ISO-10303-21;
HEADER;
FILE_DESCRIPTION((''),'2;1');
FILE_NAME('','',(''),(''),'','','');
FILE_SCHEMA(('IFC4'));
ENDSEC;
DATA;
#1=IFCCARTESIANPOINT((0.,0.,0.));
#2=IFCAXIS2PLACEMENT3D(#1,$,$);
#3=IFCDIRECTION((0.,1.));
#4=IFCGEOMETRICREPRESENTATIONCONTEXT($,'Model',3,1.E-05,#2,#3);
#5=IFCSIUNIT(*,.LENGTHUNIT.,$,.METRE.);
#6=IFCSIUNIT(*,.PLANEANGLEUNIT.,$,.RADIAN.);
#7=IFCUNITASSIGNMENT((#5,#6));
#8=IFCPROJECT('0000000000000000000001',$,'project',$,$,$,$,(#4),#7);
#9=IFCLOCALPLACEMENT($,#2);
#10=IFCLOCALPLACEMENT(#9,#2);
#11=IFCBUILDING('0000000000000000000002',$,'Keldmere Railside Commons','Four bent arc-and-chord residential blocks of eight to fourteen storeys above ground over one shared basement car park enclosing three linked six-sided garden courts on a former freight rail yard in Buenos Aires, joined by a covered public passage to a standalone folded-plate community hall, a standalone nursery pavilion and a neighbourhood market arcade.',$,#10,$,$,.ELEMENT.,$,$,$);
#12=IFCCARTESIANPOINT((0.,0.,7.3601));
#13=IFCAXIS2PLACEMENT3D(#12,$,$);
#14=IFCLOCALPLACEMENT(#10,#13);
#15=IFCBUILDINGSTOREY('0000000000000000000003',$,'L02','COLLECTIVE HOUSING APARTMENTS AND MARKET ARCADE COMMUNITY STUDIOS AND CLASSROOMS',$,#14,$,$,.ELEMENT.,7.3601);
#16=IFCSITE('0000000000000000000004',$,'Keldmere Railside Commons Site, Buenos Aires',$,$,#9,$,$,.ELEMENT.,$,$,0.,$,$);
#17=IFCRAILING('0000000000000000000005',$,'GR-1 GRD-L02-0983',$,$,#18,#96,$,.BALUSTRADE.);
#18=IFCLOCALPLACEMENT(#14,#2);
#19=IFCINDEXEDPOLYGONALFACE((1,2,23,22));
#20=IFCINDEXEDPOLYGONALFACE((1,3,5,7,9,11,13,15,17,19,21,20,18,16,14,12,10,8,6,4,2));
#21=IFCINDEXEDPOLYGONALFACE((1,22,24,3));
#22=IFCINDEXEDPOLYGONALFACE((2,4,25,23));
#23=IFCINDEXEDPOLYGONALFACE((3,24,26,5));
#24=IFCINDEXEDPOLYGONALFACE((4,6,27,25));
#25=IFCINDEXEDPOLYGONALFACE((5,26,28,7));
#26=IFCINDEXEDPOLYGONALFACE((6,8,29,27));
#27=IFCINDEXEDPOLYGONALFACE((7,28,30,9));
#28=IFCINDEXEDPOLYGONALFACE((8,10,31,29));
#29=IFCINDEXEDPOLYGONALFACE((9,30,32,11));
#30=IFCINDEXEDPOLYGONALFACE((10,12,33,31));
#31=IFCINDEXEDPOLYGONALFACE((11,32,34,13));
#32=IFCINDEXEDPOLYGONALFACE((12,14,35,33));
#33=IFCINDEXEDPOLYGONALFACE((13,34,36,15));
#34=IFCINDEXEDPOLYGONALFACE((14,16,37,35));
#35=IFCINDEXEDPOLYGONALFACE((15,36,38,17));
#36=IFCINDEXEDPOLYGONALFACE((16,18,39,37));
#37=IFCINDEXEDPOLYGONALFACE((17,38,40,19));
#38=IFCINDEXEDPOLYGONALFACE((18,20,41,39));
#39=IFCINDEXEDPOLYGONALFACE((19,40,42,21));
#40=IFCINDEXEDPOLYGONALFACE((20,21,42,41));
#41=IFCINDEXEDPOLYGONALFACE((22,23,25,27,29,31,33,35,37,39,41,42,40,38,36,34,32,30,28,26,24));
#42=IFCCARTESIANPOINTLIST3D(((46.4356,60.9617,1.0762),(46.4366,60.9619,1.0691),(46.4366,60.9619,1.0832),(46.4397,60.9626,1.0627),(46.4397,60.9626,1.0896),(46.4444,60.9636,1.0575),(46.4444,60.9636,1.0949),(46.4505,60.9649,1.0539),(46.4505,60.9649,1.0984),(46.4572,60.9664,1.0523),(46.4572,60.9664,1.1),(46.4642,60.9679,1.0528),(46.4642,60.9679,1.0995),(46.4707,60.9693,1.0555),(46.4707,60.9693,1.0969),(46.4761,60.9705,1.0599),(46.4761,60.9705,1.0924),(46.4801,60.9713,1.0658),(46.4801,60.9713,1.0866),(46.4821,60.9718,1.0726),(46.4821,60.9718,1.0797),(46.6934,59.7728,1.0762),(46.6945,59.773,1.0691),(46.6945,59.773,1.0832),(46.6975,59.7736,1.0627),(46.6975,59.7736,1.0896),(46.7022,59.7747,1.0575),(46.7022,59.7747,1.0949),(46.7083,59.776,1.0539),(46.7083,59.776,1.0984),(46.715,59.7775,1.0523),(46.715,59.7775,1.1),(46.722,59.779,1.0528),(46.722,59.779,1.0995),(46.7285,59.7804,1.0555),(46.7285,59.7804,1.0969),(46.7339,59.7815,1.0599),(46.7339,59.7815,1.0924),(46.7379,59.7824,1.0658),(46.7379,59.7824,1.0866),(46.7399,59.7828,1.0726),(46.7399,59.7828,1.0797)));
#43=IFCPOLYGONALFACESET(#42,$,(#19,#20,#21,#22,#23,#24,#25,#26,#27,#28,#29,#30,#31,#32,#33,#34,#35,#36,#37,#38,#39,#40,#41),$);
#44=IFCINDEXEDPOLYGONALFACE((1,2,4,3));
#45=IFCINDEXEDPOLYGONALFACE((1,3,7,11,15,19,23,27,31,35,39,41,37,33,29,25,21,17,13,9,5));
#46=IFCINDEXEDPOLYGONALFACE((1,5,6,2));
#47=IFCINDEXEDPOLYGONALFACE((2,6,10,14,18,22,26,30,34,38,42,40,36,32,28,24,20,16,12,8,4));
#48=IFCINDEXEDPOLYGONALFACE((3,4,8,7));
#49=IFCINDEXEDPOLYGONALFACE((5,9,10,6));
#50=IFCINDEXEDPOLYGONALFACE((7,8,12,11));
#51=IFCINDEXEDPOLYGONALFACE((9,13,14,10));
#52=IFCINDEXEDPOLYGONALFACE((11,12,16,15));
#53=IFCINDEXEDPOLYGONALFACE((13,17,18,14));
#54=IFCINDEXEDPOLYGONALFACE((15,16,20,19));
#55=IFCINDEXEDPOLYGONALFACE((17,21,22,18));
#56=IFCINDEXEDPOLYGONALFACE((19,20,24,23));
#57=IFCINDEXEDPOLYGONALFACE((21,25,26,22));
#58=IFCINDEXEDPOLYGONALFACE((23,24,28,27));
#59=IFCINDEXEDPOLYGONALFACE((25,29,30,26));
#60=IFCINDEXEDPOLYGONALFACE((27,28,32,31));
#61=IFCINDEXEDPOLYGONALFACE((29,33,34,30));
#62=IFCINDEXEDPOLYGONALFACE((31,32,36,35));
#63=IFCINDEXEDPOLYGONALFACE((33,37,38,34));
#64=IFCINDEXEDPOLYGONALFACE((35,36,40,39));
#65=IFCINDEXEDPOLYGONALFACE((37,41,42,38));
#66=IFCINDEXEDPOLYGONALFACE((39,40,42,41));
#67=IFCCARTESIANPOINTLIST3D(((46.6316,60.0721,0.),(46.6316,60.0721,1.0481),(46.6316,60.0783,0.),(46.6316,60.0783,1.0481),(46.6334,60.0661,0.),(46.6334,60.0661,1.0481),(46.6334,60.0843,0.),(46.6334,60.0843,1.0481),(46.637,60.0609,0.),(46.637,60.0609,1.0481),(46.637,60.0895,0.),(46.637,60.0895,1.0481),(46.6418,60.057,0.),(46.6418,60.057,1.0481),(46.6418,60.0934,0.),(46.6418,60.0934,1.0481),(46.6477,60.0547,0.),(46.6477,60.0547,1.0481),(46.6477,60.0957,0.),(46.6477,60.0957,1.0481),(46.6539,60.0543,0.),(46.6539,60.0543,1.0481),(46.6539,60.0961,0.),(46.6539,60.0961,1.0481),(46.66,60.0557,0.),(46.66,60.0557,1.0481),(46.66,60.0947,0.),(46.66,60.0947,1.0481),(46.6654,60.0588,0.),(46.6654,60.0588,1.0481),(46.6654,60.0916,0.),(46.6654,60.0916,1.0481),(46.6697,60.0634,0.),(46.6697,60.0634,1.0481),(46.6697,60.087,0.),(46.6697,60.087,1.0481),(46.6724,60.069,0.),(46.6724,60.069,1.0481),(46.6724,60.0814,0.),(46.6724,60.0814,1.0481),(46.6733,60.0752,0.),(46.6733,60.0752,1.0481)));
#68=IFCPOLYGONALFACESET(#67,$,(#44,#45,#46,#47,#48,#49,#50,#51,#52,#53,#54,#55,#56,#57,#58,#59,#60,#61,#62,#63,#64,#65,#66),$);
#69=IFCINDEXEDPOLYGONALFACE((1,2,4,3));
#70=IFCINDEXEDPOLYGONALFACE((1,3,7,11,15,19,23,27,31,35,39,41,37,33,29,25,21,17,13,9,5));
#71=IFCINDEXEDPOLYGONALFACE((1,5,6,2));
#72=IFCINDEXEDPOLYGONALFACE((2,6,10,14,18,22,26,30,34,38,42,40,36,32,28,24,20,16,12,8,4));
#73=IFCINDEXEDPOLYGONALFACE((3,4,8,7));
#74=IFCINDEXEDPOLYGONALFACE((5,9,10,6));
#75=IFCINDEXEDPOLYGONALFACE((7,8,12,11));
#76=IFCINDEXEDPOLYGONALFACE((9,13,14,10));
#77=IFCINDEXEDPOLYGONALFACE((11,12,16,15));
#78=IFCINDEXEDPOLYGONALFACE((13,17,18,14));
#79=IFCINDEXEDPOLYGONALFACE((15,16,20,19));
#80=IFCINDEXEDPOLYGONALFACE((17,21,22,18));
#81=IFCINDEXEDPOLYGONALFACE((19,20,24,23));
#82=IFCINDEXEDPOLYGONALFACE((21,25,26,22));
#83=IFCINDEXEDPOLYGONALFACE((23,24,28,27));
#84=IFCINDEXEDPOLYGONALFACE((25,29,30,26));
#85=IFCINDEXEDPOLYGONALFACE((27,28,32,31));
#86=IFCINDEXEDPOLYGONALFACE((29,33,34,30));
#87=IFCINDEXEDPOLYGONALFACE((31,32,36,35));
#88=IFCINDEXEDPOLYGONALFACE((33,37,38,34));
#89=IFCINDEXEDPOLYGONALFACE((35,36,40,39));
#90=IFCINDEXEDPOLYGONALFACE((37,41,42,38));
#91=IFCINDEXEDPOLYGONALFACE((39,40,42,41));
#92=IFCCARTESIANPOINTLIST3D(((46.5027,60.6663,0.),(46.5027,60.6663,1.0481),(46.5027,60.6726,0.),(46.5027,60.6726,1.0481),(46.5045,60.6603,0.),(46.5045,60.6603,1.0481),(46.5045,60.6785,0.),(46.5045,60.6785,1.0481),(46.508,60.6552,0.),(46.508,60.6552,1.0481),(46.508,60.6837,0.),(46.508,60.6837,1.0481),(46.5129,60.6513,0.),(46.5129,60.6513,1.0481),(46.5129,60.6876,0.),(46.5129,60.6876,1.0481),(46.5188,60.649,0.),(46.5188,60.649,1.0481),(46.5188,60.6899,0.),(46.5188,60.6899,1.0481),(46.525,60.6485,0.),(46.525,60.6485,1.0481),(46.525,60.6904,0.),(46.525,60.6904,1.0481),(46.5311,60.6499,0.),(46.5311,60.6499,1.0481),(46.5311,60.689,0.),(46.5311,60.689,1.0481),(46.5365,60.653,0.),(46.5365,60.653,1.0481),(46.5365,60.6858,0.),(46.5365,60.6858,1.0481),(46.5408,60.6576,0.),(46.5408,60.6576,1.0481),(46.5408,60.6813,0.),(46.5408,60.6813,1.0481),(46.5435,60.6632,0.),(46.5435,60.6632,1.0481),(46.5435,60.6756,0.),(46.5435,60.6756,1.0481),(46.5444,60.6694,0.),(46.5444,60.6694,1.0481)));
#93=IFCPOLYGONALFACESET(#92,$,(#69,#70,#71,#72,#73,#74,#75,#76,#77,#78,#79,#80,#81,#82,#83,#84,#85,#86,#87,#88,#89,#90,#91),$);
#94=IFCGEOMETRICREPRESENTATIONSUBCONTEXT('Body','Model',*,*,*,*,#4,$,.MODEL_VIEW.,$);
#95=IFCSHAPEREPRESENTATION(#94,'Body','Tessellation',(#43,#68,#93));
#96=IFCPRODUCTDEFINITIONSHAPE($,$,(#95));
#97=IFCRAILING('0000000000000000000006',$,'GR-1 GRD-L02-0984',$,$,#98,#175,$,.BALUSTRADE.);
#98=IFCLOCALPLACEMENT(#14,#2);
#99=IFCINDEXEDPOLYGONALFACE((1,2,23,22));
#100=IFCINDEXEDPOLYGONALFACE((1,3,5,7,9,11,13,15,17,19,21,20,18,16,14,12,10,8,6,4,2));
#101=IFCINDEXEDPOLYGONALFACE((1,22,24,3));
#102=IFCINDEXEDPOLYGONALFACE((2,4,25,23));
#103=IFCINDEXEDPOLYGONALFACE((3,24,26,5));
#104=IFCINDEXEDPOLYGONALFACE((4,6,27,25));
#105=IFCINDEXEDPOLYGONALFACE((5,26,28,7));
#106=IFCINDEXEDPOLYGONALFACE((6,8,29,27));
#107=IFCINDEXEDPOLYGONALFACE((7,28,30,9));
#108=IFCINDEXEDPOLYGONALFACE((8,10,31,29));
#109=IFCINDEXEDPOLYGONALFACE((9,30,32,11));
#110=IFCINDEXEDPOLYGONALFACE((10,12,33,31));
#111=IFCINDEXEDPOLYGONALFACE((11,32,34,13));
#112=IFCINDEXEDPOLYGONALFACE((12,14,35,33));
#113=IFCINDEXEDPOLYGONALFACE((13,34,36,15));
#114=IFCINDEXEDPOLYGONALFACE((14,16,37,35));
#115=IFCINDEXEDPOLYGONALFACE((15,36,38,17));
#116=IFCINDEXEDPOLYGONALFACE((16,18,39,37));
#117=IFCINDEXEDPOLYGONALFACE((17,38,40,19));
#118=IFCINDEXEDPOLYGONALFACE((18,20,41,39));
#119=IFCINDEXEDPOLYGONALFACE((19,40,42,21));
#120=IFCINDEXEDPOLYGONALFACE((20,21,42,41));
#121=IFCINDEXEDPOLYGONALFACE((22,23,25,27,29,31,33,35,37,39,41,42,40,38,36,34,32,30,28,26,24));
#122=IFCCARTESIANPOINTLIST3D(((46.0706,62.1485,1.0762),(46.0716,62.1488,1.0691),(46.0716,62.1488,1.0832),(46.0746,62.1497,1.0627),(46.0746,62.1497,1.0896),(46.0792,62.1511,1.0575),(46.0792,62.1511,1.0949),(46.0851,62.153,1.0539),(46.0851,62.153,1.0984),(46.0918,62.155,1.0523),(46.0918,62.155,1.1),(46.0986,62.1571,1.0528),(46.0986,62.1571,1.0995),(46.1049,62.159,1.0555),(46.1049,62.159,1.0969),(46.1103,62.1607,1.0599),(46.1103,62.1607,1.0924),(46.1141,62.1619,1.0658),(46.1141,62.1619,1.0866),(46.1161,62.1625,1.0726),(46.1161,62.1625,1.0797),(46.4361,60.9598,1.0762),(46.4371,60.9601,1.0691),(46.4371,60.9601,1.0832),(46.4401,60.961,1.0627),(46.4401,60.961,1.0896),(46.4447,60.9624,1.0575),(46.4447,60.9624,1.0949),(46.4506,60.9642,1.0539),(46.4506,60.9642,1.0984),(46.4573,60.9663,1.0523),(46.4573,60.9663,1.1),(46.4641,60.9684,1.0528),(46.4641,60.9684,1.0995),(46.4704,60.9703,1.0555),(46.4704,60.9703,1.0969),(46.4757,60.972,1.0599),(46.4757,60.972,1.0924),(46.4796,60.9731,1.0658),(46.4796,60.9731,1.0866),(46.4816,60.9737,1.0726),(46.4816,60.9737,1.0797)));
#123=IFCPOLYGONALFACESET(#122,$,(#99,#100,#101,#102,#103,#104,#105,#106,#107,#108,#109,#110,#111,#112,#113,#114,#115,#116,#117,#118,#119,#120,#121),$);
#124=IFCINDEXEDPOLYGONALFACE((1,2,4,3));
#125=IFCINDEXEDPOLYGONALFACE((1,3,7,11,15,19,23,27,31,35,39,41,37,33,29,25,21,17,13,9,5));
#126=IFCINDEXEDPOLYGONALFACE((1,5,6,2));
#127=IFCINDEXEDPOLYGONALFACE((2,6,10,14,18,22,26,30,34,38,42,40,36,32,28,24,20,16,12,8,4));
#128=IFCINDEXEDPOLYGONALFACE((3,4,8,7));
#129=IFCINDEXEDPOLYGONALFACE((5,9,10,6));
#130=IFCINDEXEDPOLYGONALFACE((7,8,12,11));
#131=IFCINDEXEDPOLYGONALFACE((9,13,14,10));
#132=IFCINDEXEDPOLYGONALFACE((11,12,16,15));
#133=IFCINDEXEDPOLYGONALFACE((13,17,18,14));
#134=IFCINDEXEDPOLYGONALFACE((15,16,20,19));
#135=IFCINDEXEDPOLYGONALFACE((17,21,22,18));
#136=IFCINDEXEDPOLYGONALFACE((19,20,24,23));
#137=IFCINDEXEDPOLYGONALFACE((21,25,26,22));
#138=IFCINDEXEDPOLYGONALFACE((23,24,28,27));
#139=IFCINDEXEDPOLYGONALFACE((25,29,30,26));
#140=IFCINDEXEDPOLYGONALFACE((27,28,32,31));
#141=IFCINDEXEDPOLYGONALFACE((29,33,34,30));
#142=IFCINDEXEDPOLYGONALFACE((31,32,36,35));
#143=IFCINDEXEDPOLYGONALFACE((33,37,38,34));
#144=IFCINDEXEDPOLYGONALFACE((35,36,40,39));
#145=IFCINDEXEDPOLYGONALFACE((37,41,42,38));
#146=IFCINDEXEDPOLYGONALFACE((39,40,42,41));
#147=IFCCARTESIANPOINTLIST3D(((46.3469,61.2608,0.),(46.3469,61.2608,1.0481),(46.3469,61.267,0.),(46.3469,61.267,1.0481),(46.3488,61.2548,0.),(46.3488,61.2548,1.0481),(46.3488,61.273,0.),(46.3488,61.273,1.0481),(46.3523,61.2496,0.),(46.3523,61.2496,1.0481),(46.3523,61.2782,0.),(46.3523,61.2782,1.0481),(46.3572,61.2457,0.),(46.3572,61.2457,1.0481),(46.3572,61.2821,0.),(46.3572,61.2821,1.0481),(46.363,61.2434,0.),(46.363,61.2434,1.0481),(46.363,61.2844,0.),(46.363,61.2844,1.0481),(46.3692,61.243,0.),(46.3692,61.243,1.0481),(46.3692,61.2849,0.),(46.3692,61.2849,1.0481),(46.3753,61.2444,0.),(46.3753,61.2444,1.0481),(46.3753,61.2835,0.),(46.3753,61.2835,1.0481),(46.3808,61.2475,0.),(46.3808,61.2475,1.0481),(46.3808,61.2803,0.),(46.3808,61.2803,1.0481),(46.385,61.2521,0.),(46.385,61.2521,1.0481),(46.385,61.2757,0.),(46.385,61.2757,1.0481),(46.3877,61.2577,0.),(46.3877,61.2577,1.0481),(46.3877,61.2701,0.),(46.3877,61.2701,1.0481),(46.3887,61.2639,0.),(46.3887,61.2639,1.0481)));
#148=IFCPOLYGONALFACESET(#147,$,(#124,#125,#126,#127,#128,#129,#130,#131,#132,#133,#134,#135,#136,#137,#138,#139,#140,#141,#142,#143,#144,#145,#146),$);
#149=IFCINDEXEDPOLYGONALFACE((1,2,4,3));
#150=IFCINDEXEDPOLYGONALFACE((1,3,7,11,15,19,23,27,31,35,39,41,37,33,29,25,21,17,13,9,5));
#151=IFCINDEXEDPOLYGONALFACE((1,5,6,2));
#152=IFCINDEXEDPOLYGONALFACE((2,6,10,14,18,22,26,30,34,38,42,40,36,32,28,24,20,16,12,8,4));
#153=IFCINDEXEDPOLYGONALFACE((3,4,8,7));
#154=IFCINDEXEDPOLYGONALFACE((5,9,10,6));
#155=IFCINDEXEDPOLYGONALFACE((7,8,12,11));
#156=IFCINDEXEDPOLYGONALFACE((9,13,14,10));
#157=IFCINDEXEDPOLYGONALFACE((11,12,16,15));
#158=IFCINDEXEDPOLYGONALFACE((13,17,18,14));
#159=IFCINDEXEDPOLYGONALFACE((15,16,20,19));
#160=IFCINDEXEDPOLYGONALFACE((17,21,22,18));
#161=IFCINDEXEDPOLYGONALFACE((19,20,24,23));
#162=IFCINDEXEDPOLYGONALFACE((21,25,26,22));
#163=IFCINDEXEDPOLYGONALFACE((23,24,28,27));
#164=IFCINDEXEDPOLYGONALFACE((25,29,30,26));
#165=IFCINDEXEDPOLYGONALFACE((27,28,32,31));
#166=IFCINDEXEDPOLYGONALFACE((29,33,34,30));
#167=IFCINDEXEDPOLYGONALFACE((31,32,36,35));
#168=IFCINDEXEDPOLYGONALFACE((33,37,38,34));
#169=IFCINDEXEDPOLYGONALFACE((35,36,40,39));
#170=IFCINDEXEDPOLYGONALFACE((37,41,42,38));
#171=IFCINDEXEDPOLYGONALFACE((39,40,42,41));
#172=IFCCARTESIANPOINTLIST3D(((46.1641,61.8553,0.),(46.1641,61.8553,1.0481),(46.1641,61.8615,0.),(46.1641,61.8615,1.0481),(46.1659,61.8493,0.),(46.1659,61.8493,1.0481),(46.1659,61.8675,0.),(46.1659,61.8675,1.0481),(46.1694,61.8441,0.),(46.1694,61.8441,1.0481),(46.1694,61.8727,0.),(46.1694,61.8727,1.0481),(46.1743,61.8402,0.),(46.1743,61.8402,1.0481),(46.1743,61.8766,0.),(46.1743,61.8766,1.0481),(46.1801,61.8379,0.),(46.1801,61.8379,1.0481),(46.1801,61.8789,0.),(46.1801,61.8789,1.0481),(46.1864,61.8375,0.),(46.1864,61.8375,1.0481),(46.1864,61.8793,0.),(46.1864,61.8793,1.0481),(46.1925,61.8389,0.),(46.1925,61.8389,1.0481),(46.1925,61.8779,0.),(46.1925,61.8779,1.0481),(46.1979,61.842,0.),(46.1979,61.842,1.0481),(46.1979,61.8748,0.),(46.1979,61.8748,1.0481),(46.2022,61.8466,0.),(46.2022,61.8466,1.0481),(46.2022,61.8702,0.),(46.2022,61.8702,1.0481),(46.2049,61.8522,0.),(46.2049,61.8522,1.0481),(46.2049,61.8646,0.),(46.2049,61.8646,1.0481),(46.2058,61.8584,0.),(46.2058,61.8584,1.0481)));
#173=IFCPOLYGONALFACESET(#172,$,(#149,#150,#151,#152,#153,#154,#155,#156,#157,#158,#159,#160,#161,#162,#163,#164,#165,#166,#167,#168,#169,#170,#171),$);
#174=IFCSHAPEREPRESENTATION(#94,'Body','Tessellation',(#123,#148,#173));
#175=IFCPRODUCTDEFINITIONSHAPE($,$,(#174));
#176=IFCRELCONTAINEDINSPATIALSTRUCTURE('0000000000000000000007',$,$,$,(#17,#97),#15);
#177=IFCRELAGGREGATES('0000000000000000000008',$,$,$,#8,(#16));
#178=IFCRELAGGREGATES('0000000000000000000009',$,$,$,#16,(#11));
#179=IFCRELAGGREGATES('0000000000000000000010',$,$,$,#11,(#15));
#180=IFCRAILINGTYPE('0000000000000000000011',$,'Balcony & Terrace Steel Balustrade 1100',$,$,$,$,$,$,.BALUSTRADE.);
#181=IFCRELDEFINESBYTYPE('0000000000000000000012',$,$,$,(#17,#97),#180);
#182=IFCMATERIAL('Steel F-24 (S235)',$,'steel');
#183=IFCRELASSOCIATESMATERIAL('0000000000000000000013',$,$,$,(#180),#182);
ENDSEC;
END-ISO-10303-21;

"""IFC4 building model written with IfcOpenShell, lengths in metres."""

from ifc_helpers import new_model, si_unit, direction, frame, origin, origin_2d, place, context, subcontext, project, spatial, circle, extrude, material, type_object, element, save


model = new_model("IFC4")

# Units and contexts
model_context = context("Model", 3, precision=1e-05, world=origin(), true_north=direction((0.0, 1.0)))
body_context = subcontext(model_context, "Body", "Model", "MODEL_VIEW")
ifc_project = project(units=[si_unit("LENGTHUNIT", "METRE"), si_unit("PLANEANGLEUNIT", "RADIAN")], contexts=[model_context])

# Site, building, storey
site_placement = place(None, origin())
site = spatial("IfcSite", under=ifc_project, at=site_placement, Name="Keldmere Railside Commons Site, Buenos Aires", CompositionType="ELEMENT", RefElevation=0.0)
building_placement = place(site_placement, origin())
building = spatial("IfcBuilding", under=site, at=building_placement, Name="Keldmere Railside Commons", Description="Four bent arc-and-chord residential blocks of eight to fourteen storeys above ground over one shared basement car park enclosing three linked six-sided garden courts on a former freight rail yard in Buenos Aires, joined by a covered public passage to a standalone folded-plate community hall, a standalone nursery pavilion and a neighbourhood market arcade.", CompositionType="ELEMENT")
storey_placement = place(building_placement, frame((0.0, 0.0, 7.3601)))
storey = spatial("IfcBuildingStorey", under=building, at=storey_placement, Name="L02", Description="COLLECTIVE HOUSING APARTMENTS AND MARKET ARCADE COMMUNITY STUDIOS AND CLASSROOMS", CompositionType="ELEMENT", Elevation=7.3601)

# Railings
ifc_material_1 = material(Name="Steel F-24 (S235)", Category="steel")
railing_type = type_object("IfcRailingType", Name="Balcony & Terrace Steel Balustrade 1100", PredefinedType="BALUSTRADE", material=ifc_material_1)
railing_1_placement = place(storey_placement, frame((46.7168, 59.7778, 0.0)))
element("IfcRailing", 1, at=railing_1_placement, inside=storey, type_object=railing_type, Name="GR-1 GRD-L02-0983", PredefinedType="BALUSTRADE", context=body_context, shape_type="SweptSolid", body=[
    extrude(circle(Radius=0.0239, at=origin_2d()), frame((0.0, 0.0, 1.0762), z_axis=(-0.211913, 0.977289, 0.0), x_axis=(-0.977289, -0.211913, 0.0)), (0.0, 0.0, 1.0), 1.2166),
    extrude(circle(Radius=0.021, at=origin_2d()), frame((-0.0645, 0.2974, 0.0)), (0.0, 0.0, 1.0), 1.0481),
    extrude(circle(Radius=0.021, at=origin_2d()), frame((-0.1934, 0.8916, 0.0)), (0.0, 0.0, 1.0), 1.0481),
])
railing_2_placement = place(storey_placement, frame((46.459, 60.9668, 0.0)))
element("IfcRailing", 2, at=railing_2_placement, inside=storey, type_object=railing_type, Name="GR-1 GRD-L02-0984", PredefinedType="BALUSTRADE", context=body_context, shape_type="SweptSolid", body=[
    extrude(circle(Radius=0.0239, at=origin_2d()), frame((0.0, 0.0, 1.0762), z_axis=(-0.293879, 0.955843, 0.0), x_axis=(-0.955843, -0.293879, 0.0)), (0.0, 0.0, 1.0), 1.2437),
    extrude(circle(Radius=0.021, at=origin_2d()), frame((-0.0913, 0.2971, 0.0)), (0.0, 0.0, 1.0), 1.0481),
    extrude(circle(Radius=0.021, at=origin_2d()), frame((-0.2742, 0.8916, 0.0)), (0.0, 0.0, 1.0), 1.0481),
])

save(model, "model.ifc")
